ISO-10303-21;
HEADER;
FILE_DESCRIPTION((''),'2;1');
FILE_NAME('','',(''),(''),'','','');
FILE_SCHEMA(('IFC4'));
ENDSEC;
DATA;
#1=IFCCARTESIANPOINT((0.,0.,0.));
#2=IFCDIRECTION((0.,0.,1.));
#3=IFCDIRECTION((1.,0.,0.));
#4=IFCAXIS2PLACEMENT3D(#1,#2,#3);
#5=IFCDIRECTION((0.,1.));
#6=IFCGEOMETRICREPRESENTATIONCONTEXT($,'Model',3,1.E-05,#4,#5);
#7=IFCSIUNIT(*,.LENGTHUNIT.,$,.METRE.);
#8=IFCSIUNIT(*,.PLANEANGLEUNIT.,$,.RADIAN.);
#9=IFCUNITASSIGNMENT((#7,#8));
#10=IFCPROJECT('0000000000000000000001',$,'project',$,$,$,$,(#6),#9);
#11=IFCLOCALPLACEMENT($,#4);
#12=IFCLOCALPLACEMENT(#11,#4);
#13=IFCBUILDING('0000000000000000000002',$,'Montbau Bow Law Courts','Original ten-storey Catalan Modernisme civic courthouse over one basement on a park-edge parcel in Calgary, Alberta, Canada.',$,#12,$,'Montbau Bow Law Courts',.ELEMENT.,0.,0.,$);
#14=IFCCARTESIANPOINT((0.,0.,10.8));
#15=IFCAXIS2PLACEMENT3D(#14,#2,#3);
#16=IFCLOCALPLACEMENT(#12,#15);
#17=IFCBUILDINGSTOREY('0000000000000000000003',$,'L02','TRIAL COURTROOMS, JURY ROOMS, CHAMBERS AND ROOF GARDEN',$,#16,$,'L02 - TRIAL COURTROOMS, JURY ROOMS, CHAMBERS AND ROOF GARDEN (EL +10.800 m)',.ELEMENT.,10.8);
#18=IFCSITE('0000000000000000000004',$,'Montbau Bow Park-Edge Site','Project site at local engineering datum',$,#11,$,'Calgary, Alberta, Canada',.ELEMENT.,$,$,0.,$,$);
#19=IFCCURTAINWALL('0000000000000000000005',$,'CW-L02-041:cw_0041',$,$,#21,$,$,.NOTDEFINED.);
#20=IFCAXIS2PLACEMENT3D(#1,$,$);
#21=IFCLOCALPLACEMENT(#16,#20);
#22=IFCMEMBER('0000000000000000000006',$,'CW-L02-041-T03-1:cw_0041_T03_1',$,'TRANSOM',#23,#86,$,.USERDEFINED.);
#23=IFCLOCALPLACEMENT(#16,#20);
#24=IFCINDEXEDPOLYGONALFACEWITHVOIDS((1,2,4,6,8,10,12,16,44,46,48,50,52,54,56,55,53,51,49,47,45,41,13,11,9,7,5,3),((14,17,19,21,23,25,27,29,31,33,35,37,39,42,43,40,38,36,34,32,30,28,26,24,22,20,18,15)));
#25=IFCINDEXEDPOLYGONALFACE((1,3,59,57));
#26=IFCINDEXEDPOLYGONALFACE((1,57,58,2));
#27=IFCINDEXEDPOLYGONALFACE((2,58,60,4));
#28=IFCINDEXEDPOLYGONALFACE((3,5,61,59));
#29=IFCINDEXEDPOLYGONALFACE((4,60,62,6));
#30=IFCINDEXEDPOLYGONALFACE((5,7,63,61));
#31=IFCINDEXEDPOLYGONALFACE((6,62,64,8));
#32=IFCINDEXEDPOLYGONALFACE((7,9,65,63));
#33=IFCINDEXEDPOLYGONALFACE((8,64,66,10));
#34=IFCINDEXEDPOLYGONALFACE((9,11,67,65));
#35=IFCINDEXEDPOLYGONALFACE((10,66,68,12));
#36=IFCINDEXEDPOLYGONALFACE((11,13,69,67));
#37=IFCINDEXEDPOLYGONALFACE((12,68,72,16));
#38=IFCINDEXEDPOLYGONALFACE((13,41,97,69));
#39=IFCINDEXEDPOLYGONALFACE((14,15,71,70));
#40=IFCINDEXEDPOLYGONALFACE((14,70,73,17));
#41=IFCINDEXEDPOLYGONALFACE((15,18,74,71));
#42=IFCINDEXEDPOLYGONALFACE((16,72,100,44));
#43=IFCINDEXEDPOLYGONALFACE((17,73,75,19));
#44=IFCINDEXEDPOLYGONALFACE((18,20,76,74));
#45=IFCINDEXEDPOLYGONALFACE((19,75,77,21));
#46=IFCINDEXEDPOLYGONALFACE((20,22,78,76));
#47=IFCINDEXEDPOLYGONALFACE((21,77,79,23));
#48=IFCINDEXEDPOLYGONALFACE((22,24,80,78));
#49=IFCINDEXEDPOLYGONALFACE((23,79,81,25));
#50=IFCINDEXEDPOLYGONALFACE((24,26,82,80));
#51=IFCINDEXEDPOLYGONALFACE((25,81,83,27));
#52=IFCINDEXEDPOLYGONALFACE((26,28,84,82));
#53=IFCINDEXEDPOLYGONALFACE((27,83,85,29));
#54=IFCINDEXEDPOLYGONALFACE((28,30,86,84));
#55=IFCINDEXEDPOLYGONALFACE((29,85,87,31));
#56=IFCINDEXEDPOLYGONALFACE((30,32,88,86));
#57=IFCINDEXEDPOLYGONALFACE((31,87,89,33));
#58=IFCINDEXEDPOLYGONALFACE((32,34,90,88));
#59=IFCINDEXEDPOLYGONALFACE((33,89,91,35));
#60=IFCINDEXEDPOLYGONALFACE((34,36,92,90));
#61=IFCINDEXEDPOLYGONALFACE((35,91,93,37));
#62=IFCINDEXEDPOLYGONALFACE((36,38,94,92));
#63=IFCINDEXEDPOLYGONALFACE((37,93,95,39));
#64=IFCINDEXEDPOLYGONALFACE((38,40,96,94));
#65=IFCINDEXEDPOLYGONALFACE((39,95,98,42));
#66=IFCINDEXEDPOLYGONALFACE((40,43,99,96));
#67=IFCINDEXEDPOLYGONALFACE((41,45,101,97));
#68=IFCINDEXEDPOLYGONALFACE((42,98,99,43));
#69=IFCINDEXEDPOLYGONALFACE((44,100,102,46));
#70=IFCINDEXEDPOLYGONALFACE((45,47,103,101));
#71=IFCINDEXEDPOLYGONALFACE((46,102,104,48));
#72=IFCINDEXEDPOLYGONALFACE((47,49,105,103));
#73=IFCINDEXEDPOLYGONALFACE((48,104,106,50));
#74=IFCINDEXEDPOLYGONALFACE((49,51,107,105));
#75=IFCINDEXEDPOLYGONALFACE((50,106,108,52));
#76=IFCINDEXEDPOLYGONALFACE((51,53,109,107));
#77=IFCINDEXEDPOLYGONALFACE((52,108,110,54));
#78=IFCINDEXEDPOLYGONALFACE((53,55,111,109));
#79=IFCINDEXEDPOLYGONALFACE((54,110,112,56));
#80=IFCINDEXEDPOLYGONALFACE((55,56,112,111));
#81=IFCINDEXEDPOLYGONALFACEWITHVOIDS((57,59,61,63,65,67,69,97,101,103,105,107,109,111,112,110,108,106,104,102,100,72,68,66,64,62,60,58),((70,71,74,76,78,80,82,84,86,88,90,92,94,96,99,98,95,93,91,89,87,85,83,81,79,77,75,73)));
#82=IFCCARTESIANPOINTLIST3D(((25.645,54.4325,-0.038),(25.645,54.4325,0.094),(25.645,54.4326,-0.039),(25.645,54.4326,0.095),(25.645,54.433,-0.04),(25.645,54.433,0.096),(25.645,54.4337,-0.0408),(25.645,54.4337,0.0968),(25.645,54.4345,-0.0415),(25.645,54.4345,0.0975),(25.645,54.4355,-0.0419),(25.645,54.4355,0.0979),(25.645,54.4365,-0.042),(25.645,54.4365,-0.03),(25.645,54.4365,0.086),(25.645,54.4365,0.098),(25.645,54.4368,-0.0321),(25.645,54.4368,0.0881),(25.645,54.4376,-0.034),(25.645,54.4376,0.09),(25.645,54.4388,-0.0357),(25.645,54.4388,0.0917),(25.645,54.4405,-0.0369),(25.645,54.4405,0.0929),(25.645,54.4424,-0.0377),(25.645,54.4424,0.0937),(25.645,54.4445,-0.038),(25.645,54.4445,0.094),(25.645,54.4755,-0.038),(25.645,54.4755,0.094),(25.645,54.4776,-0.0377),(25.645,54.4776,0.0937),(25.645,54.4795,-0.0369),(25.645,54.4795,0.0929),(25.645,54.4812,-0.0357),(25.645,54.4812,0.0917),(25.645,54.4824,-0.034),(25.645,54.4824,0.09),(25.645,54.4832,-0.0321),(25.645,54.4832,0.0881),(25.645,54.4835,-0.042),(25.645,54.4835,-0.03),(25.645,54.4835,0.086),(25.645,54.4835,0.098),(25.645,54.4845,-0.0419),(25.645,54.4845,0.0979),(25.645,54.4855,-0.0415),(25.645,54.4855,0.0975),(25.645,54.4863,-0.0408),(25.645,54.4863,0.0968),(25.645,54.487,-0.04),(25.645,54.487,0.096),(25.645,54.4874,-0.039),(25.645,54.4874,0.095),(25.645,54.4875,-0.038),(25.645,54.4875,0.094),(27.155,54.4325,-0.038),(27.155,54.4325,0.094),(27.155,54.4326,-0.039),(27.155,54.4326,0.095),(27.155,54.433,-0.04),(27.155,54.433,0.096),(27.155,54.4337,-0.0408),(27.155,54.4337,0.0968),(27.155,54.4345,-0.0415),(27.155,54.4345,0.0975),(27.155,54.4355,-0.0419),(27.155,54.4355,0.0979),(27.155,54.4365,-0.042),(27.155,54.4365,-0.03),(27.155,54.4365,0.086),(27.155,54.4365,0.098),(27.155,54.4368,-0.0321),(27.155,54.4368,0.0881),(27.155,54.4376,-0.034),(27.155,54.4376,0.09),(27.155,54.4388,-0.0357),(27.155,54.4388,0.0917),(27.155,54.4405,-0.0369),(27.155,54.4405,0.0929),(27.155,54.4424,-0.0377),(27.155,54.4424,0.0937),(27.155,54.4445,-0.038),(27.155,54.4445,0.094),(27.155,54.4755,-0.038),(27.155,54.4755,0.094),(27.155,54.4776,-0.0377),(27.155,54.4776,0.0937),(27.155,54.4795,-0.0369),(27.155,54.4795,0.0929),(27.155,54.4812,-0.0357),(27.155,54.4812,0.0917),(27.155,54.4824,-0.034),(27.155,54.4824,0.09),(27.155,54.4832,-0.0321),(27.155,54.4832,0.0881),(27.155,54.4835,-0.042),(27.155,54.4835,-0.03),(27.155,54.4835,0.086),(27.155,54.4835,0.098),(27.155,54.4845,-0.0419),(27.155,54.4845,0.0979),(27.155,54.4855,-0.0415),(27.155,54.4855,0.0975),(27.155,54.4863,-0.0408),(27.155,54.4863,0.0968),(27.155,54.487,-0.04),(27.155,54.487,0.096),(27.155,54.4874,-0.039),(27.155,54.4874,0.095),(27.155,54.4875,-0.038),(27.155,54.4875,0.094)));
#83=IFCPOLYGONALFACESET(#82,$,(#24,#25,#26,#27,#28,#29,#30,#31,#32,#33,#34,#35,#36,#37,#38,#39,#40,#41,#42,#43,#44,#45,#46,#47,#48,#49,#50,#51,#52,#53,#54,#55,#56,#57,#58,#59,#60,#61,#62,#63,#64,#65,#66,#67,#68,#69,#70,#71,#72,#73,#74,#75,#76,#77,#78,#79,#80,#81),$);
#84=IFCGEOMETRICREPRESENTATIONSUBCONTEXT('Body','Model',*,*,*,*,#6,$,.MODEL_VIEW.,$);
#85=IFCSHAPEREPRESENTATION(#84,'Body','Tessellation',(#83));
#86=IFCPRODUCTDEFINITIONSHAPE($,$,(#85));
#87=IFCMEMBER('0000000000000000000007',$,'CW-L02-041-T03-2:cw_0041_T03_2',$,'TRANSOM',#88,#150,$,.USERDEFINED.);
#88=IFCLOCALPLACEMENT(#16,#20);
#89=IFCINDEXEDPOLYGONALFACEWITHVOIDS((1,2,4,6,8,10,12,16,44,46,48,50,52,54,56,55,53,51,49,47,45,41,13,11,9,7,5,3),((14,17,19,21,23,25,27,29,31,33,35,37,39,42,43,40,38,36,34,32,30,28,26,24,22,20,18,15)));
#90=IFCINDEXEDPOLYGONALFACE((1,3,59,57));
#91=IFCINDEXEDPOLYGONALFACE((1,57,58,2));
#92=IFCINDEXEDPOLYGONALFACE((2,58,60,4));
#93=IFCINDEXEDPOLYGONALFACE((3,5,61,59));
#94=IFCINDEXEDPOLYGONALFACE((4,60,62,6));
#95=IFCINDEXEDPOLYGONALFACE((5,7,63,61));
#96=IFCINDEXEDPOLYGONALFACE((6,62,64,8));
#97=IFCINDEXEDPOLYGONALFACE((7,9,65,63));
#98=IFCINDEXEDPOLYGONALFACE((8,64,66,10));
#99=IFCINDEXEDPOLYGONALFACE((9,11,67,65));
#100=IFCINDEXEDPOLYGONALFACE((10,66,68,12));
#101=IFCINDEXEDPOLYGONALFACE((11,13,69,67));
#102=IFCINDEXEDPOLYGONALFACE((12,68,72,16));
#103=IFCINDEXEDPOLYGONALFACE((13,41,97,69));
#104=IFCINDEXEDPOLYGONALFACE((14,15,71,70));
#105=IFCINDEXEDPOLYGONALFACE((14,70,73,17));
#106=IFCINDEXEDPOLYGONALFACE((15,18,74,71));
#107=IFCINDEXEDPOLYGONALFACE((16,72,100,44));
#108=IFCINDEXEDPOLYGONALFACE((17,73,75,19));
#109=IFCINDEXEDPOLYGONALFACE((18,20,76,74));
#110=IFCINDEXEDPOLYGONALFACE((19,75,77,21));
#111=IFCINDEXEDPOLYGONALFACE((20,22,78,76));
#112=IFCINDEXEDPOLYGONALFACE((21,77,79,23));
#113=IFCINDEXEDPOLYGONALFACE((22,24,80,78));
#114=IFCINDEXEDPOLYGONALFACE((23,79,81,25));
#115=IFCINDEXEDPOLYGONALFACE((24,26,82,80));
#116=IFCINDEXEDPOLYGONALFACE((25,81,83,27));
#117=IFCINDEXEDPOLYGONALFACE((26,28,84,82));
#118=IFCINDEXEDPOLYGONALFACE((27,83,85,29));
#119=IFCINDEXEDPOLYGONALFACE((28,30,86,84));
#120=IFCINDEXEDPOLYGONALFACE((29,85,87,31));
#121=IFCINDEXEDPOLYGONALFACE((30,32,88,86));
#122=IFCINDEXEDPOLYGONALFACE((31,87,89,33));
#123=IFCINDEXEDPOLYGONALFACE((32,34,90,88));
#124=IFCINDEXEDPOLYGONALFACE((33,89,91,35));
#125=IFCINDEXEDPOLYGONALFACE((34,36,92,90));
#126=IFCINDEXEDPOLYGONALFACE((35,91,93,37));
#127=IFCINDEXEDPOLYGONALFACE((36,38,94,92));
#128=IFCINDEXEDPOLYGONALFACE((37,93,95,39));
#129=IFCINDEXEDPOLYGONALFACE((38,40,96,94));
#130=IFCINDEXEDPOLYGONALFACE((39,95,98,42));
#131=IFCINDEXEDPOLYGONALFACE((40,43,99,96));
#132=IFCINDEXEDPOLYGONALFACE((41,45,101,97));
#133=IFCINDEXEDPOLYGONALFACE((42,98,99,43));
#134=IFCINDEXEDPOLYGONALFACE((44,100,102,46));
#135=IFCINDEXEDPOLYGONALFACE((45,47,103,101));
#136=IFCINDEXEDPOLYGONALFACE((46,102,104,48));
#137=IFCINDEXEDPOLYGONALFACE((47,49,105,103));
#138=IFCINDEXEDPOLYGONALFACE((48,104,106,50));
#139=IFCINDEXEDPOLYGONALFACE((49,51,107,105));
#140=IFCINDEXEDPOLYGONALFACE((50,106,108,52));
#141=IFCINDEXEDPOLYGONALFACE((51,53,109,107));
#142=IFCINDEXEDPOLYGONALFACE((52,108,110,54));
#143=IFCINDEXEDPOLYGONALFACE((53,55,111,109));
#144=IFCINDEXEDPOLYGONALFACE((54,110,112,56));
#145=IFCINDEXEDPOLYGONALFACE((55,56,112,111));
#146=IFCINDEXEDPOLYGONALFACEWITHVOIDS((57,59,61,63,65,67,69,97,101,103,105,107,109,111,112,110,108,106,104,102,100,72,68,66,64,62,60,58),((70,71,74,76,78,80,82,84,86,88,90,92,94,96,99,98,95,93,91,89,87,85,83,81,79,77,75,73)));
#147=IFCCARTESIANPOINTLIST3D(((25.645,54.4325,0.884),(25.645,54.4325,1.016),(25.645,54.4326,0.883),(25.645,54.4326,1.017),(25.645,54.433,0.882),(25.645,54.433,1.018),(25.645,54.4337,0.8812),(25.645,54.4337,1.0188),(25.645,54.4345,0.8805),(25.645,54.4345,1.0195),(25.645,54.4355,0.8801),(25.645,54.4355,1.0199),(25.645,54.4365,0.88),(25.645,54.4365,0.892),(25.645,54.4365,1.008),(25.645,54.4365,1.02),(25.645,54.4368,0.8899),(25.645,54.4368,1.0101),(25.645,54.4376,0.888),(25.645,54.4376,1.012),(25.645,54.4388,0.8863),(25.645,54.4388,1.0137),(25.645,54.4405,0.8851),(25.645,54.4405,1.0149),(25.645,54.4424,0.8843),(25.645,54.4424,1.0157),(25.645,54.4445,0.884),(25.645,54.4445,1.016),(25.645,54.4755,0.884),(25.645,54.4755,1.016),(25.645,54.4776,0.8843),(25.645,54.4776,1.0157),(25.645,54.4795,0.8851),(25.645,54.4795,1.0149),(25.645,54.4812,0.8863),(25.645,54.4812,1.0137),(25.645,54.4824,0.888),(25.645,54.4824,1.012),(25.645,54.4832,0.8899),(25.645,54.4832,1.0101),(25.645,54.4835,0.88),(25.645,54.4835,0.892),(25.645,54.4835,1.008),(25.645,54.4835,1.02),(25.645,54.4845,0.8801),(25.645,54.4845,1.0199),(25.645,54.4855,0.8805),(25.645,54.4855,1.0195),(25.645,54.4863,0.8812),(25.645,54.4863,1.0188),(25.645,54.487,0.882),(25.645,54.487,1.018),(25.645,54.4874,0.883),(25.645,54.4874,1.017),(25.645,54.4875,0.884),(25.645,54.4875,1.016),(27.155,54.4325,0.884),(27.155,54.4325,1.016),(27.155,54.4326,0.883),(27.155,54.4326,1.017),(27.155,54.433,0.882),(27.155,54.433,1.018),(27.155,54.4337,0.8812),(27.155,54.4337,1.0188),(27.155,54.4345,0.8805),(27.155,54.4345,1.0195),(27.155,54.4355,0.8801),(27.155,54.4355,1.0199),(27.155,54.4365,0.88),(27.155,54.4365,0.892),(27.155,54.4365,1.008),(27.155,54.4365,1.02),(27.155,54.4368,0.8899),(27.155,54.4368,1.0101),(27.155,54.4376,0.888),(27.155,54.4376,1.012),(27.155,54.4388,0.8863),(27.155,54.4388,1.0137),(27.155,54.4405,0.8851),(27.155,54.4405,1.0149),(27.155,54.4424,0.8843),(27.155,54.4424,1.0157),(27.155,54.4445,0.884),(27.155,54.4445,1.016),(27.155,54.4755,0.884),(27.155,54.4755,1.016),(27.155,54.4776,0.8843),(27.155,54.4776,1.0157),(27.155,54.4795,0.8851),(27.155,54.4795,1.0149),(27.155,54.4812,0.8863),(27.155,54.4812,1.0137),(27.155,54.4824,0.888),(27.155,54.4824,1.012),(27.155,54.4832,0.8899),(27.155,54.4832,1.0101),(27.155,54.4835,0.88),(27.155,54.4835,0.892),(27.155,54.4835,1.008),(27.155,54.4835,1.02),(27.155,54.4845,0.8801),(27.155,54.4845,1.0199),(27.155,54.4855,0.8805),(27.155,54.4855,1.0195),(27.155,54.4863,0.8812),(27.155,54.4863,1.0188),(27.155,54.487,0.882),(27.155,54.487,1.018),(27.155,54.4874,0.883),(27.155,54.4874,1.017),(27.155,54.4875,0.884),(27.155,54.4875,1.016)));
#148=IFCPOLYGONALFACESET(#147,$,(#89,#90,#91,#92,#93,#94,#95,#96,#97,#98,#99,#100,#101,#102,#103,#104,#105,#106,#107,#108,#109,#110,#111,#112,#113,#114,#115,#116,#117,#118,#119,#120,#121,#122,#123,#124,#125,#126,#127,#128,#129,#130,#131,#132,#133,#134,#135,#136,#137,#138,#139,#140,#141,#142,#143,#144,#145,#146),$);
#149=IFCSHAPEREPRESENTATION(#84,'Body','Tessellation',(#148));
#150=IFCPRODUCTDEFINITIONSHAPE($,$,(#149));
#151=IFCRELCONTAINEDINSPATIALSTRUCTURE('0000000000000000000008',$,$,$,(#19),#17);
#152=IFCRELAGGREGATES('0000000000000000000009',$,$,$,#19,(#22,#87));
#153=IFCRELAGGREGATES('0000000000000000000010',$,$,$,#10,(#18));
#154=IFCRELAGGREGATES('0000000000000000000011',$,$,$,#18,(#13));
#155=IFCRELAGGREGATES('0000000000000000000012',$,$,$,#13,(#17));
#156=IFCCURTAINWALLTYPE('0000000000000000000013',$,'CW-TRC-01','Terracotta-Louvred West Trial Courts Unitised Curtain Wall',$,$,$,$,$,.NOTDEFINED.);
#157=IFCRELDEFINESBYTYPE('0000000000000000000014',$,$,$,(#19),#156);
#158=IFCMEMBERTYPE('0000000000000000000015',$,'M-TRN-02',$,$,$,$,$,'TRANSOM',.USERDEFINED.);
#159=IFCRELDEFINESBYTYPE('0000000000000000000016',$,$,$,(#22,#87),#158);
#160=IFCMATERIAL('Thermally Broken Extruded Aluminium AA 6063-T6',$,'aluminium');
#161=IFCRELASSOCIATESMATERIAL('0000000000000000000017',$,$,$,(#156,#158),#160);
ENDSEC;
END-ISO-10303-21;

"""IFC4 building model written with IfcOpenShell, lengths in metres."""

from ifc_helpers import new_model, si_unit, direction, frame, origin_with_axes, origin_2d_with_axis, place, context, subcontext, project, spatial, hollow_rectangle, extrude, material, material_profile, profile_set, type_object, element, aggregate, save


model = new_model("IFC4")

# Units and contexts
model_context = context("Model", 3, precision=1e-05, world=origin_with_axes(), true_north=direction((0.0, 1.0)))
body_context = subcontext(model_context, "Body", "Model", "MODEL_VIEW")
ifc_project = project(units=[si_unit("LENGTHUNIT", "METRE"), si_unit("PLANEANGLEUNIT", "RADIAN")], contexts=[model_context])

# Site, building, storey
site_placement = place(None, origin_with_axes())
site = spatial("IfcSite", under=ifc_project, at=site_placement, Name="Montbau Bow Park-Edge Site", Description="Project site at local engineering datum", LongName="Calgary, Alberta, Canada", CompositionType="ELEMENT", RefElevation=0.0)
building_placement = place(site_placement, origin_with_axes())
building = spatial("IfcBuilding", under=site, at=building_placement, Name="Montbau Bow Law Courts", Description="Original ten-storey Catalan Modernisme civic courthouse over one basement on a park-edge parcel in Calgary, Alberta, Canada.", LongName="Montbau Bow Law Courts", CompositionType="ELEMENT", ElevationOfRefHeight=0.0, ElevationOfTerrain=0.0)
storey_placement = place(building_placement, frame((0.0, 0.0, 10.8), z_axis=(0.0, 0.0, 1.0), x_axis=(1.0, 0.0, 0.0)))
storey = spatial("IfcBuildingStorey", under=building, at=storey_placement, Name="L02", Description="TRIAL COURTROOMS, JURY ROOMS, CHAMBERS AND ROOF GARDEN", LongName="L02 - TRIAL COURTROOMS, JURY ROOMS, CHAMBERS AND ROOF GARDEN (EL +10.800 m)", CompositionType="ELEMENT", Elevation=10.8)

# Curtain wall, members
ifc_material_1 = material(Name="Thermally Broken Extruded Aluminium AA 6063-T6", Category="aluminium")
curtain_wall_type = type_object("IfcCurtainWallType", Name="CW-TRC-01", Description="Terracotta-Louvred West Trial Courts Unitised Curtain Wall", PredefinedType="NOTDEFINED", material=ifc_material_1)
curtain_wall_placement = place(None, frame((22.467, 54.46, 10.8), z_axis=(0.0, 0.0, 1.0), x_axis=(1.0, 0.0, 0.0)))
curtain_wall = element("IfcCurtainWall", 1, at=curtain_wall_placement, inside=storey, type_object=curtain_wall_type, Name="CW-L02-041:cw_0041", PredefinedType="NOTDEFINED")
ifc_material_profile_1 = material_profile(ifc_material_1, hollow_rectangle(XDim=0.055, YDim=0.14, WallThickness=0.004, InnerFilletRadius=0.008, OuterFilletRadius=0.004, at=origin_2d_with_axis()), Name="CWT-140X55", Category="Main", Priority=0)
ifc_profile_set_1 = profile_set([ifc_material_profile_1], Name="Thermally Broken Extruded Aluminium AA 6063-T6")
member_type_1 = type_object("IfcMemberType", Name="M-TRN-02", ElementType="TRANSOM", PredefinedType="USERDEFINED", material=ifc_profile_set_1)
member_1_placement = place(None, frame((25.645, 54.46, 10.828), z_axis=(1.0, 0.0, 0.0), x_axis=(0.0, 1.0, 0.0)))
member_1 = element("IfcMember", 2, at=member_1_placement, type_object=member_type_1, Name="CW-L02-041-T03-1:cw_0041_T03_1", ObjectType="TRANSOM", PredefinedType="USERDEFINED", context=body_context, shape_type="SweptSolid", body=[
    extrude(hollow_rectangle(XDim=0.055, YDim=0.14, WallThickness=0.004, InnerFilletRadius=0.008, OuterFilletRadius=0.004, at=origin_2d_with_axis()), origin_with_axes(), (0.0, 0.0, 1.0), 1.51),
])
member_2_placement = place(None, frame((25.645, 54.46, 11.75), z_axis=(1.0, 0.0, 0.0), x_axis=(0.0, 1.0, 0.0)))
member_2 = element("IfcMember", 3, at=member_2_placement, type_object=member_type_1, Name="CW-L02-041-T03-2:cw_0041_T03_2", ObjectType="TRANSOM", PredefinedType="USERDEFINED", context=body_context, shape_type="SweptSolid", body=[
    extrude(hollow_rectangle(XDim=0.055, YDim=0.14, WallThickness=0.004, InnerFilletRadius=0.008, OuterFilletRadius=0.004, at=origin_2d_with_axis()), origin_with_axes(), (0.0, 0.0, 1.0), 1.51),
])
aggregate(curtain_wall, [member_1, member_2])

save(model, "model.ifc")
